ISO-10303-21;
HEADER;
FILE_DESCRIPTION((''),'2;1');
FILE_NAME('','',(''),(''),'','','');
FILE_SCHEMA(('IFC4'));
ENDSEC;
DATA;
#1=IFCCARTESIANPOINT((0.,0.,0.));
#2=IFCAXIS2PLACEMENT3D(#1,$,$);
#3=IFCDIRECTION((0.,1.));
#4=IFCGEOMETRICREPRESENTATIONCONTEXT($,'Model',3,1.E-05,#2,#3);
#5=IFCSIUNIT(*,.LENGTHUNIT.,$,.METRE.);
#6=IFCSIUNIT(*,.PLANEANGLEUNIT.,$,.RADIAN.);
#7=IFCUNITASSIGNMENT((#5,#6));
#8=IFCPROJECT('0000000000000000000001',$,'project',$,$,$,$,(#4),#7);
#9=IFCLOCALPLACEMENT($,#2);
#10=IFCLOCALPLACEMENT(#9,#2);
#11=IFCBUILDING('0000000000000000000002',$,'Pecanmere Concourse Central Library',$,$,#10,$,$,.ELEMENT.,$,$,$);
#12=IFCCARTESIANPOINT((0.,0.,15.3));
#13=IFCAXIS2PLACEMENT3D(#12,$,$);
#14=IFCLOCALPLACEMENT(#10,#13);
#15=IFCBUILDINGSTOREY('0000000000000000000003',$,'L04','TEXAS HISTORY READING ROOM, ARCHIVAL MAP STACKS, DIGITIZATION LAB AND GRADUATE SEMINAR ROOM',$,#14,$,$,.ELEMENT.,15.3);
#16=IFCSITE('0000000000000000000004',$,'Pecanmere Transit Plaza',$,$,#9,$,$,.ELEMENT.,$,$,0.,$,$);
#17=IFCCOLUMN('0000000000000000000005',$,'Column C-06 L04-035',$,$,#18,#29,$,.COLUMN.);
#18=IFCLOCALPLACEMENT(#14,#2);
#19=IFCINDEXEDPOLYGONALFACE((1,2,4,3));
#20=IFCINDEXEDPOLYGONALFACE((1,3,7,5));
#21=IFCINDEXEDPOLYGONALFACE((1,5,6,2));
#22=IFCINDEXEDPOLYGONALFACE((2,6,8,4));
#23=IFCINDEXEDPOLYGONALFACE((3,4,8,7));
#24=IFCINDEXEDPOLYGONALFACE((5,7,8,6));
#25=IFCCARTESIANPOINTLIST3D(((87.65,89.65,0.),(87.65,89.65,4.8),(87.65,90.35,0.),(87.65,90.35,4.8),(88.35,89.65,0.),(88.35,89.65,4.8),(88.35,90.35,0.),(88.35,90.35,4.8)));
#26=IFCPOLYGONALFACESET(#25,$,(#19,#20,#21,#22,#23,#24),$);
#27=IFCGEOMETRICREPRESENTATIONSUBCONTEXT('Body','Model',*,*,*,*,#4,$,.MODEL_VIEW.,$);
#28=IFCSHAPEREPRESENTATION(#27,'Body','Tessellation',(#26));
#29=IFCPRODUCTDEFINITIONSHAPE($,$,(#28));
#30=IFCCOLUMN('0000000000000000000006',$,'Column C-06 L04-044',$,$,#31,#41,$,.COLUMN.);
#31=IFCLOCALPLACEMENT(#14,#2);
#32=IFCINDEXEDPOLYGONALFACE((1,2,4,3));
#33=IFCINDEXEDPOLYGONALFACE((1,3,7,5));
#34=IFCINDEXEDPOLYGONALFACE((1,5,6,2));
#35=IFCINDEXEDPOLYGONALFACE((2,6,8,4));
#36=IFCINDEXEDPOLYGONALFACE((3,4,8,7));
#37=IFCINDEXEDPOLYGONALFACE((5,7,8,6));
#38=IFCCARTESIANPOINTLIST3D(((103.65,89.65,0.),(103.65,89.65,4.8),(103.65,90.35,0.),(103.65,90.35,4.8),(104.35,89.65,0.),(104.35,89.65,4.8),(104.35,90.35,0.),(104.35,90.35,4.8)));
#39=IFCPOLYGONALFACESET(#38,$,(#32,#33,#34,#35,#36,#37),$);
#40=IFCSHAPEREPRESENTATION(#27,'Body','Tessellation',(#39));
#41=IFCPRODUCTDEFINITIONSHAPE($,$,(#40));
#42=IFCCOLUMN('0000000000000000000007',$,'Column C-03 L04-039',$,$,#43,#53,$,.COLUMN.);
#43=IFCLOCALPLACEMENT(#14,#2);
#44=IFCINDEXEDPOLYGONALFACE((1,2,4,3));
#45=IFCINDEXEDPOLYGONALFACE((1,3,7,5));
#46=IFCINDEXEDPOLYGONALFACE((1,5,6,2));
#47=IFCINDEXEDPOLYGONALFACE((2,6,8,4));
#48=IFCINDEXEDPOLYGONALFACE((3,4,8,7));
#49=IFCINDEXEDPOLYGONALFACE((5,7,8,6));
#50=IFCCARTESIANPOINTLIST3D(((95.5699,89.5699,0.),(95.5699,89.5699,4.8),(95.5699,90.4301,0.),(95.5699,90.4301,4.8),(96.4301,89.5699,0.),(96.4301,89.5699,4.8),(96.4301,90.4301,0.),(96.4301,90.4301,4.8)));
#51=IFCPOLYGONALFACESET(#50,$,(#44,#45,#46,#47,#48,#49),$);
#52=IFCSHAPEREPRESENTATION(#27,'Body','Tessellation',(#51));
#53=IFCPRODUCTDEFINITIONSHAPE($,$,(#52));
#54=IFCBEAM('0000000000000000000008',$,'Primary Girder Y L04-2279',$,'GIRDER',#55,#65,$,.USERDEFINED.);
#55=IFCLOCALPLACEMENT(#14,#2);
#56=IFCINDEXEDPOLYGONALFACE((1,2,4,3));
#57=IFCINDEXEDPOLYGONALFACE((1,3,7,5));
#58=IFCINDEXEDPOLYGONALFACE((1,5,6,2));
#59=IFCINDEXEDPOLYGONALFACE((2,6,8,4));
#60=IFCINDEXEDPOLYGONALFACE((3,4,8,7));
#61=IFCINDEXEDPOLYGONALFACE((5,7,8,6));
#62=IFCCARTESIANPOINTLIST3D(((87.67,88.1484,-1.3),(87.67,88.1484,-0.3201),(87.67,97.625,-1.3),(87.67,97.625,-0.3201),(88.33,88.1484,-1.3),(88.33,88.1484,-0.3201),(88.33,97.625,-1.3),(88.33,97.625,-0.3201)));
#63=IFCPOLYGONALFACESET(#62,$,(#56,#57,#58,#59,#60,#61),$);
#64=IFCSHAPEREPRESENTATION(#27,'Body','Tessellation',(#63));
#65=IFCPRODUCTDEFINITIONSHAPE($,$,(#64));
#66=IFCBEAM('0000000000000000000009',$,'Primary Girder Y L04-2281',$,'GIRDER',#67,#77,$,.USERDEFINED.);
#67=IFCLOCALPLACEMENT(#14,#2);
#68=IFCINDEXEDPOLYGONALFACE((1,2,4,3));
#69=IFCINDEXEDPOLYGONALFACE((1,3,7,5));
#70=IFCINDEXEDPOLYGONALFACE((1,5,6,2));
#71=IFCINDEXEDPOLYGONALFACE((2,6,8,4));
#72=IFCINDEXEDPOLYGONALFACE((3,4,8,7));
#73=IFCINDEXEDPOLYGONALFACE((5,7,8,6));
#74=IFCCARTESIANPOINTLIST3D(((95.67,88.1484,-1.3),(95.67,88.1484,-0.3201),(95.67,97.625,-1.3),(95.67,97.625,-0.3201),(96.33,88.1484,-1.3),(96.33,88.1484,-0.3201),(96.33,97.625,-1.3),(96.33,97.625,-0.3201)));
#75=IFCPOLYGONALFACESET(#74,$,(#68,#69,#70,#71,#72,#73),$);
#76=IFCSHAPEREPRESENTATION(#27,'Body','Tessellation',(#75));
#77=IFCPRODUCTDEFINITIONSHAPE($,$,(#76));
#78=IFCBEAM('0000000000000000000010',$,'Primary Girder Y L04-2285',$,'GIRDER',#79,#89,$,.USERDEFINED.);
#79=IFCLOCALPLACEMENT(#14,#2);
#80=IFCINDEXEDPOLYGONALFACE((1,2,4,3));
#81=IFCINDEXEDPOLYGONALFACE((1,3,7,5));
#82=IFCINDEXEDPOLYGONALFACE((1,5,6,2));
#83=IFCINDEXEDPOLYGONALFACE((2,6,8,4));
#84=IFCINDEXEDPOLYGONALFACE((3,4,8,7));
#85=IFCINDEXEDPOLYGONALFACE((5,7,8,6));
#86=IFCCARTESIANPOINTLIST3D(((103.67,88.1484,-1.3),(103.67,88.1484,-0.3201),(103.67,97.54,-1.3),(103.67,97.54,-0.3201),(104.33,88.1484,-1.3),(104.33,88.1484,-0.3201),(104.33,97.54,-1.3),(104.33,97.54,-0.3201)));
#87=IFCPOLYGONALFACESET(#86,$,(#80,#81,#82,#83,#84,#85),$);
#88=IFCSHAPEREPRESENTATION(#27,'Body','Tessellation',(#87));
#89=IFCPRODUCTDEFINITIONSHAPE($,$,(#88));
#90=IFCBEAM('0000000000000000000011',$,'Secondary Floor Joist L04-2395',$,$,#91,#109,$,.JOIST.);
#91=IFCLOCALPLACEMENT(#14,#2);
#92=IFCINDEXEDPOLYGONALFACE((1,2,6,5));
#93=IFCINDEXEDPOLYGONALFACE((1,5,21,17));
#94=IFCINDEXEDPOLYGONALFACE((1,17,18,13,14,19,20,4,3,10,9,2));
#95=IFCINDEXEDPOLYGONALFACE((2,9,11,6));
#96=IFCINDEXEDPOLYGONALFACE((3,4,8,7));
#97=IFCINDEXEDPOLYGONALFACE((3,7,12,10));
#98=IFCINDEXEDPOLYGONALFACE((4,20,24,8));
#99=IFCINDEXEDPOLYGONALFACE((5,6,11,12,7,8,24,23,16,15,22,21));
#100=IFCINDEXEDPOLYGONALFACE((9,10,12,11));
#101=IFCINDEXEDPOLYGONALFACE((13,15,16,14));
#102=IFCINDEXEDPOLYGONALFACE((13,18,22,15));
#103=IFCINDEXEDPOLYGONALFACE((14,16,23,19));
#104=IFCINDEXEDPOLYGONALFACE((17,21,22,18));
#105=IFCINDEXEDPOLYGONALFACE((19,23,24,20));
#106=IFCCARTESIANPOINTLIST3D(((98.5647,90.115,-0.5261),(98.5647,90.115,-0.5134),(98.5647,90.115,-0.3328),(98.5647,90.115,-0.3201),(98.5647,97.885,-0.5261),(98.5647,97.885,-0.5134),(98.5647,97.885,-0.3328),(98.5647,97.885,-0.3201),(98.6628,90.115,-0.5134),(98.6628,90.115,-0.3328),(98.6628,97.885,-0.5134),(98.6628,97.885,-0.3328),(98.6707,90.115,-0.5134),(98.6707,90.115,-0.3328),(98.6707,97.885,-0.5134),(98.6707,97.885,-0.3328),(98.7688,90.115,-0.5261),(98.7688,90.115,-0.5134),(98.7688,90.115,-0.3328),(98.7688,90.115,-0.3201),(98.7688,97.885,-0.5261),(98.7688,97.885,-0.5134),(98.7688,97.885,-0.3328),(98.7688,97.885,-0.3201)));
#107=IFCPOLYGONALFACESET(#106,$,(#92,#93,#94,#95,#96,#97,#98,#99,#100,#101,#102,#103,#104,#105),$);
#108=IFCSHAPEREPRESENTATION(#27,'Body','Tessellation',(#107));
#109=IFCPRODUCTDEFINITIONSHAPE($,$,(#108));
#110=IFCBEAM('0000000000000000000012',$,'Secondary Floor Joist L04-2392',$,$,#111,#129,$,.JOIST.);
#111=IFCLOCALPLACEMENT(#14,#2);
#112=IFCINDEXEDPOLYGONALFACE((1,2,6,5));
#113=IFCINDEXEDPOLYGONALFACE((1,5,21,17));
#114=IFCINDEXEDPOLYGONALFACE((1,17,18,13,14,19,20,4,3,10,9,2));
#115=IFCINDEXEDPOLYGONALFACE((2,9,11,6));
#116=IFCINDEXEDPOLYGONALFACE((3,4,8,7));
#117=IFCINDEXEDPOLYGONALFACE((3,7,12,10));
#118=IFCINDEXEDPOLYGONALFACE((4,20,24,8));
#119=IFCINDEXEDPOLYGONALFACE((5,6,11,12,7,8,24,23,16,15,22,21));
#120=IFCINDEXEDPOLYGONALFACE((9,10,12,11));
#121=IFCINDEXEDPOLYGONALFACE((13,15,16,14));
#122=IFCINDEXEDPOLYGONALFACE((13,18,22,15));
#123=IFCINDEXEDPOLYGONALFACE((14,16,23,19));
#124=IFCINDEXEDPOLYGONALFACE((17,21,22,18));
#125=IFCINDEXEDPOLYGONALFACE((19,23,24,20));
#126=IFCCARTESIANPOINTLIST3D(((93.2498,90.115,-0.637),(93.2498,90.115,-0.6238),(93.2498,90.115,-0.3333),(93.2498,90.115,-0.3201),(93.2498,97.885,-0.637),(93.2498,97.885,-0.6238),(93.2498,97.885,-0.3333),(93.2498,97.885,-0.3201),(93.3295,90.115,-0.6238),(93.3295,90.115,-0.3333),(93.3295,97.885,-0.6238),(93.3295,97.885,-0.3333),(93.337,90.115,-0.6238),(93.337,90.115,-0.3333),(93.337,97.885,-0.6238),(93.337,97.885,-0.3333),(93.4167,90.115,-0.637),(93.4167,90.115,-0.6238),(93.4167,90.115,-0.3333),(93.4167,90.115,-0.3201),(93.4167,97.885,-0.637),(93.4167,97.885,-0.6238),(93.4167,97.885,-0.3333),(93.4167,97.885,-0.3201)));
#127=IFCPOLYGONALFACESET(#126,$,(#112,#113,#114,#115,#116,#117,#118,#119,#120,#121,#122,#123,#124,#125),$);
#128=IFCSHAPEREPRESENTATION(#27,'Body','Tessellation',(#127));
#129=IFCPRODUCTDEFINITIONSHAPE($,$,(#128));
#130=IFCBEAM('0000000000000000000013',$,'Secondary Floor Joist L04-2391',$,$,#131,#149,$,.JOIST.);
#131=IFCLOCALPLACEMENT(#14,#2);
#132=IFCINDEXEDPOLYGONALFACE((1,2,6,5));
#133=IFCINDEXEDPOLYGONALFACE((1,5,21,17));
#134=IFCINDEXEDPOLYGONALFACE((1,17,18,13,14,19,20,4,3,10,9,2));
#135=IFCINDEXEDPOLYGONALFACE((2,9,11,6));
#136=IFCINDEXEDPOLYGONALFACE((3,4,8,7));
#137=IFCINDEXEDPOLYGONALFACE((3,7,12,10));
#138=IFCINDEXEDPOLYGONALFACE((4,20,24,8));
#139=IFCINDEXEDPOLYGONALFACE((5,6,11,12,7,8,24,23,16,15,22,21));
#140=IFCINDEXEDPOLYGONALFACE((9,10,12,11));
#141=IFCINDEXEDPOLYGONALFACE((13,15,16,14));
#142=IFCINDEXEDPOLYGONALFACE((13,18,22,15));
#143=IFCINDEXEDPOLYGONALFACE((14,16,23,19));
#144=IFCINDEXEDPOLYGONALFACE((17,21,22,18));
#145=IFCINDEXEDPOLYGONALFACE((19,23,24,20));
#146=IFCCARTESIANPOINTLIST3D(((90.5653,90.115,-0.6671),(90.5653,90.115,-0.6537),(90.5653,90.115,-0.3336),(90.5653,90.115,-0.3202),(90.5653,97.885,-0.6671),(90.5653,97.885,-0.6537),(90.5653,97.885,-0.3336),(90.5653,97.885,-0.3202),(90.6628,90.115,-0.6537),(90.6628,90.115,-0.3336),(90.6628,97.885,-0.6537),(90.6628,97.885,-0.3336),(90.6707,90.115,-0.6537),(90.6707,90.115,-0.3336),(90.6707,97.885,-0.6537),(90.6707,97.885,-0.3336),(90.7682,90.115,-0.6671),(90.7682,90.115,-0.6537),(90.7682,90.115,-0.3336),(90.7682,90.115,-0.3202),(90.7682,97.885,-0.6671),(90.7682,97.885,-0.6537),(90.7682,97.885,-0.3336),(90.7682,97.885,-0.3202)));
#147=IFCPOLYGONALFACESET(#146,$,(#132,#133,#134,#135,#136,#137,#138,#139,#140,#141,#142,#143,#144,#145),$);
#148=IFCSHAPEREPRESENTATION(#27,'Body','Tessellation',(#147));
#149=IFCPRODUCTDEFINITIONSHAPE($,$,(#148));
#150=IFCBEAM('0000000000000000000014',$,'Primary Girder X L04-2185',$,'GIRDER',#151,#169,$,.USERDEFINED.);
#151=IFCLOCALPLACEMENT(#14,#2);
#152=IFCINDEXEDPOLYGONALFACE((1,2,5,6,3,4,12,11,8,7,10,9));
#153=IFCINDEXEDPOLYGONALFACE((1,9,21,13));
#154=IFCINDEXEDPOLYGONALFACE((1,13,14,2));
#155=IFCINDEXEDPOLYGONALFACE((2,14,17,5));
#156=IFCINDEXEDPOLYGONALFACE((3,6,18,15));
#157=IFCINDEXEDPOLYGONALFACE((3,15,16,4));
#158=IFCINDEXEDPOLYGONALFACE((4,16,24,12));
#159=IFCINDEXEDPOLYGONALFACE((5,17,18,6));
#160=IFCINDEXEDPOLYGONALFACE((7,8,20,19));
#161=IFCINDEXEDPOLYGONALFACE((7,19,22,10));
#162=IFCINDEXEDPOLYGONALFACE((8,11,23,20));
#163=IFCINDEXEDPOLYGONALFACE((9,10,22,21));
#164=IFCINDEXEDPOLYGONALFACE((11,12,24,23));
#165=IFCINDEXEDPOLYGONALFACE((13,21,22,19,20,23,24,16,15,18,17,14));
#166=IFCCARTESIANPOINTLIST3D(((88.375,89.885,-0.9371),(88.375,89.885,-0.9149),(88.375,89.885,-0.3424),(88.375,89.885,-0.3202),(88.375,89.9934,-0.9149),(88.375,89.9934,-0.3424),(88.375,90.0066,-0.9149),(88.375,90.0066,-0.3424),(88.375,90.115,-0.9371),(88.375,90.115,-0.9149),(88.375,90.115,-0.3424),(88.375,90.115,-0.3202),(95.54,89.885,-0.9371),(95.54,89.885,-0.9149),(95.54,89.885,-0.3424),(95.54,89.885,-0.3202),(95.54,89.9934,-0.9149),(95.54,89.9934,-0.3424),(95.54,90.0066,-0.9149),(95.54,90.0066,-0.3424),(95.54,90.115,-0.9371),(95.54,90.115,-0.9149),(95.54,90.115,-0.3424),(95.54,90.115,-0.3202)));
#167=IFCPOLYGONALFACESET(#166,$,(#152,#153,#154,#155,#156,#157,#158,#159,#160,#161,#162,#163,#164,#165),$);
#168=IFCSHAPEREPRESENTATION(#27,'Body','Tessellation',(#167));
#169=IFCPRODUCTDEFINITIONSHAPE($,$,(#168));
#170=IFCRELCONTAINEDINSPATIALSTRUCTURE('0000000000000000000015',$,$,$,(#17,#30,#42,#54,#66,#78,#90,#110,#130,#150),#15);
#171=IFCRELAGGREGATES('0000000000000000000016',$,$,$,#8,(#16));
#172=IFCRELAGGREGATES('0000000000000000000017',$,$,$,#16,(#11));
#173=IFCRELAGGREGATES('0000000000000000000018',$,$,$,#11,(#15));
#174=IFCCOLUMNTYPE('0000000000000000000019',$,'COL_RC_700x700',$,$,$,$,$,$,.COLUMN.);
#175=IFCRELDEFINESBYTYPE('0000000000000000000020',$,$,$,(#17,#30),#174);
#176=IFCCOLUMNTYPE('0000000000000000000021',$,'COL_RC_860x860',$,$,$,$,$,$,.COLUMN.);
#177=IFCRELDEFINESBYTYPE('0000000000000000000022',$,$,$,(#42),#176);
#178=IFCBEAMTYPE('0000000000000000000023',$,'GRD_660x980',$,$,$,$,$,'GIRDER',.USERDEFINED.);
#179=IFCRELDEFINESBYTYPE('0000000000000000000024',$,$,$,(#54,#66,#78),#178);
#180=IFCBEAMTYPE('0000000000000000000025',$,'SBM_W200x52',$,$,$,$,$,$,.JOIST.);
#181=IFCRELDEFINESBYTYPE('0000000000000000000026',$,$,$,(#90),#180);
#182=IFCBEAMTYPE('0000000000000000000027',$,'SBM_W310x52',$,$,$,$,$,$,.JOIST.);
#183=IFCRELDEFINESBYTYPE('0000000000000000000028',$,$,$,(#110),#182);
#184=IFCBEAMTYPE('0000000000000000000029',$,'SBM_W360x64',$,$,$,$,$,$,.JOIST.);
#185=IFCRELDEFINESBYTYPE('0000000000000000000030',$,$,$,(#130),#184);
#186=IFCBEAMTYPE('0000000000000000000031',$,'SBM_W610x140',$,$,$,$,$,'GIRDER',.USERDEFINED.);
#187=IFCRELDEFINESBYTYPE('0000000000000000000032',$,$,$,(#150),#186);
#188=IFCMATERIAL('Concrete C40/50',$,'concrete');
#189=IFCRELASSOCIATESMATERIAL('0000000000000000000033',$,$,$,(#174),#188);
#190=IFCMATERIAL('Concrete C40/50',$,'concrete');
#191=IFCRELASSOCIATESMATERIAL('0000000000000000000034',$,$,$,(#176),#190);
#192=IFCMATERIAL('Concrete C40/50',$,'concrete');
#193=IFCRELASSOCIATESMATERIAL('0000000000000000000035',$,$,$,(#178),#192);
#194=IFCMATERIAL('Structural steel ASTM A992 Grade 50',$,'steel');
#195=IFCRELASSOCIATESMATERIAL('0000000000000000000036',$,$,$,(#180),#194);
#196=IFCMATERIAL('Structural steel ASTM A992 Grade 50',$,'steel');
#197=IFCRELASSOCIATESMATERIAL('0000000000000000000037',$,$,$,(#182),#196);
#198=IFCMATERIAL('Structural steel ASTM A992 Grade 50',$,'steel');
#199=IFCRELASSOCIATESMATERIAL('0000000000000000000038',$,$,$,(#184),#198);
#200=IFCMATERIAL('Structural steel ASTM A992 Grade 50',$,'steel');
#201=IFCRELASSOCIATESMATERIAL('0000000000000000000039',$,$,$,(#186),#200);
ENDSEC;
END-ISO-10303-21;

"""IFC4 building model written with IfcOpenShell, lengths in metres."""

from ifc_helpers import new_model, si_unit, direction, frame, origin, origin_2d, place, context, subcontext, project, spatial, rectangle, i_section, extrude, material, material_profile, profile_set, type_object, element, save


model = new_model("IFC4")

# Units and contexts
model_context = context("Model", 3, precision=1e-05, world=origin(), true_north=direction((0.0, 1.0)))
body_context = subcontext(model_context, "Body", "Model", "MODEL_VIEW")
ifc_project = project(units=[si_unit("LENGTHUNIT", "METRE"), si_unit("PLANEANGLEUNIT", "RADIAN")], contexts=[model_context])

# Site, building, storey
site_placement = place(None, origin())
site = spatial("IfcSite", under=ifc_project, at=site_placement, Name="Pecanmere Transit Plaza", CompositionType="ELEMENT", RefElevation=0.0)
building_placement = place(site_placement, origin())
building = spatial("IfcBuilding", under=site, at=building_placement, Name="Pecanmere Concourse Central Library", CompositionType="ELEMENT")
storey_placement = place(building_placement, frame((0.0, 0.0, 15.3)))
storey = spatial("IfcBuildingStorey", under=building, at=storey_placement, Name="L04", Description="TEXAS HISTORY READING ROOM, ARCHIVAL MAP STACKS, DIGITIZATION LAB AND GRADUATE SEMINAR ROOM", CompositionType="ELEMENT", Elevation=15.3)

# Columns
ifc_material_1 = material(Name="Concrete C40/50", Category="concrete")
ifc_material_profile_1 = material_profile(ifc_material_1, rectangle(XDim=0.7, YDim=0.7, at=origin_2d()), Name="RC 700x700")
ifc_profile_set_1 = profile_set([ifc_material_profile_1], Name="Concrete C40/50")
column_type_1 = type_object("IfcColumnType", Name="COL_RC_700x700", PredefinedType="COLUMN", material=ifc_profile_set_1)
for number, where, z_axis, x_axis, name in (
    (1, (88.0, 90.0, 0.0), (0.0, 0.0, 1.0), (1.0, 0.0, 0.0), "Column C-06 L04-035"),
    (2, (104.0, 90.0, 0.0), (0.0, 0.0, 1.0), (1.0, 0.0, 0.0), "Column C-06 L04-044"),
):
    element("IfcColumn", number, at=place(storey_placement, frame(where, z_axis=z_axis, x_axis=x_axis)), inside=storey, type_object=column_type_1, Name=name, PredefinedType="COLUMN", context=body_context, shape_type="SweptSolid", body=[
        extrude(rectangle(XDim=0.7, YDim=0.7, at=origin_2d()), origin(), (0.0, 0.0, 1.0), 4.8),
    ])
ifc_material_2 = material(Name="Concrete C40/50", Category="concrete")
ifc_material_profile_2 = material_profile(ifc_material_2, rectangle(XDim=0.8601, YDim=0.8601, at=origin_2d()), Name="RC 860x860")
ifc_profile_set_2 = profile_set([ifc_material_profile_2], Name="Concrete C40/50")
column_type_2 = type_object("IfcColumnType", Name="COL_RC_860x860", PredefinedType="COLUMN", material=ifc_profile_set_2)
column_placement = place(storey_placement, frame((96.0, 90.0, 0.0), z_axis=(0.0, 0.0, 1.0), x_axis=(1.0, 0.0, 0.0)))
element("IfcColumn", 3, at=column_placement, inside=storey, type_object=column_type_2, Name="Column C-03 L04-039", PredefinedType="COLUMN", context=body_context, shape_type="SweptSolid", body=[
    extrude(rectangle(XDim=0.8601, YDim=0.8601, at=origin_2d()), origin(), (0.0, 0.0, 1.0), 4.8),
])

# Beams
ifc_material_3 = material(Name="Concrete C40/50", Category="concrete")
ifc_material_profile_3 = material_profile(ifc_material_3, rectangle(XDim=0.6599, YDim=0.98, at=origin_2d()), Name="RC 660x980")
ifc_profile_set_3 = profile_set([ifc_material_profile_3], Name="Concrete C40/50")
beam_type_1 = type_object("IfcBeamType", Name="GRD_660x980", ElementType="GIRDER", PredefinedType="USERDEFINED", material=ifc_profile_set_3)
for number, where, z_axis, x_axis, name in (
    (4, (88.0, 88.1484, -0.8101), (0.0, 1.0, 0.0), (-1.0, 0.0, 0.0), "Primary Girder Y L04-2279"),
    (5, (96.0, 88.1484, -0.8101), (0.0, 1.0, 0.0), (-1.0, 0.0, 0.0), "Primary Girder Y L04-2281"),
):
    element("IfcBeam", number, at=place(storey_placement, frame(where, z_axis=z_axis, x_axis=x_axis)), inside=storey, type_object=beam_type_1, Name=name, ObjectType="GIRDER", PredefinedType="USERDEFINED", context=body_context, shape_type="SweptSolid", body=[
        extrude(rectangle(XDim=0.6599, YDim=0.98, at=origin_2d()), origin(), (0.0, 0.0, 1.0), 9.4766),
    ])
beam_1_placement = place(storey_placement, frame((104.0, 88.1484, -0.8101), z_axis=(0.0, 1.0, 0.0), x_axis=(-1.0, 0.0, 0.0)))
element("IfcBeam", 6, at=beam_1_placement, inside=storey, type_object=beam_type_1, Name="Primary Girder Y L04-2285", ObjectType="GIRDER", PredefinedType="USERDEFINED", context=body_context, shape_type="SweptSolid", body=[
    extrude(rectangle(XDim=0.6599, YDim=0.98, at=origin_2d()), origin(), (0.0, 0.0, 1.0), 9.3916),
])
ifc_material_4 = material(Name="Structural steel ASTM A992 Grade 50", Category="steel")
ifc_material_profile_4 = material_profile(ifc_material_4, i_section(OverallWidth=0.2041, OverallDepth=0.2061, WebThickness=0.0078, FlangeThickness=0.0127, at=origin_2d()), Name="W200x52")
ifc_profile_set_4 = profile_set([ifc_material_profile_4], Name="Structural steel ASTM A992 Grade 50")
beam_type_2 = type_object("IfcBeamType", Name="SBM_W200x52", PredefinedType="JOIST", material=ifc_profile_set_4)
beam_2_placement = place(storey_placement, frame((98.6667, 90.115, -0.4231), z_axis=(0.0, 1.0, 0.0), x_axis=(-1.0, 0.0, 0.0)))
element("IfcBeam", 7, at=beam_2_placement, inside=storey, type_object=beam_type_2, Name="Secondary Floor Joist L04-2395", PredefinedType="JOIST", context=body_context, shape_type="SweptSolid", body=[
    extrude(i_section(OverallWidth=0.2041, OverallDepth=0.2061, WebThickness=0.0078, FlangeThickness=0.0127, at=origin_2d()), origin(), (0.0, 0.0, 1.0), 7.77),
])
ifc_material_5 = material(Name="Structural steel ASTM A992 Grade 50", Category="steel")
ifc_material_profile_5 = material_profile(ifc_material_5, i_section(OverallWidth=0.167, OverallDepth=0.3169, WebThickness=0.0076, FlangeThickness=0.0132, at=origin_2d()), Name="W310x52")
ifc_profile_set_5 = profile_set([ifc_material_profile_5], Name="Structural steel ASTM A992 Grade 50")
beam_type_3 = type_object("IfcBeamType", Name="SBM_W310x52", PredefinedType="JOIST", material=ifc_profile_set_5)
beam_3_placement = place(storey_placement, frame((93.3333, 90.115, -0.4785), z_axis=(0.0, 1.0, 0.0), x_axis=(-1.0, 0.0, 0.0)))
element("IfcBeam", 8, at=beam_3_placement, inside=storey, type_object=beam_type_3, Name="Secondary Floor Joist L04-2392", PredefinedType="JOIST", context=body_context, shape_type="SweptSolid", body=[
    extrude(i_section(OverallWidth=0.167, OverallDepth=0.3169, WebThickness=0.0076, FlangeThickness=0.0132, at=origin_2d()), origin(), (0.0, 0.0, 1.0), 7.77),
])
ifc_material_6 = material(Name="Structural steel ASTM A992 Grade 50", Category="steel")
ifc_material_profile_6 = material_profile(ifc_material_6, i_section(OverallWidth=0.2029, OverallDepth=0.3469, WebThickness=0.0078, FlangeThickness=0.0134, at=origin_2d()), Name="W360x64")
ifc_profile_set_6 = profile_set([ifc_material_profile_6], Name="Structural steel ASTM A992 Grade 50")
beam_type_4 = type_object("IfcBeamType", Name="SBM_W360x64", PredefinedType="JOIST", material=ifc_profile_set_6)
beam_4_placement = place(storey_placement, frame((90.6667, 90.115, -0.4937), z_axis=(0.0, 1.0, 0.0), x_axis=(-1.0, 0.0, 0.0)))
element("IfcBeam", 9, at=beam_4_placement, inside=storey, type_object=beam_type_4, Name="Secondary Floor Joist L04-2391", PredefinedType="JOIST", context=body_context, shape_type="SweptSolid", body=[
    extrude(i_section(OverallWidth=0.2029, OverallDepth=0.3469, WebThickness=0.0078, FlangeThickness=0.0134, at=origin_2d()), origin(), (0.0, 0.0, 1.0), 7.77),
])
ifc_material_7 = material(Name="Structural steel ASTM A992 Grade 50", Category="steel")
ifc_material_profile_7 = material_profile(ifc_material_7, i_section(OverallWidth=0.23, OverallDepth=0.6169, WebThickness=0.0132, FlangeThickness=0.0222, at=origin_2d()), Name="W610x140")
ifc_profile_set_7 = profile_set([ifc_material_profile_7], Name="Structural steel ASTM A992 Grade 50")
beam_type_5 = type_object("IfcBeamType", Name="SBM_W610x140", ElementType="GIRDER", PredefinedType="USERDEFINED", material=ifc_profile_set_7)
for number, where, z_axis, x_axis, name in (
    (10, (88.375, 90.0, -0.6287), (1.0, 0.0, 0.0), (0.0, 1.0, 0.0), "Primary Girder X L04-2185"),
):
    element("IfcBeam", number, at=place(storey_placement, frame(where, z_axis=z_axis, x_axis=x_axis)), inside=storey, type_object=beam_type_5, Name=name, ObjectType="GIRDER", PredefinedType="USERDEFINED", context=body_context, shape_type="SweptSolid", body=[
        extrude(i_section(OverallWidth=0.23, OverallDepth=0.6169, WebThickness=0.0132, FlangeThickness=0.0222, at=origin_2d()), origin(), (0.0, 0.0, 1.0), 7.165),
    ])

save(model, "model.ifc")
